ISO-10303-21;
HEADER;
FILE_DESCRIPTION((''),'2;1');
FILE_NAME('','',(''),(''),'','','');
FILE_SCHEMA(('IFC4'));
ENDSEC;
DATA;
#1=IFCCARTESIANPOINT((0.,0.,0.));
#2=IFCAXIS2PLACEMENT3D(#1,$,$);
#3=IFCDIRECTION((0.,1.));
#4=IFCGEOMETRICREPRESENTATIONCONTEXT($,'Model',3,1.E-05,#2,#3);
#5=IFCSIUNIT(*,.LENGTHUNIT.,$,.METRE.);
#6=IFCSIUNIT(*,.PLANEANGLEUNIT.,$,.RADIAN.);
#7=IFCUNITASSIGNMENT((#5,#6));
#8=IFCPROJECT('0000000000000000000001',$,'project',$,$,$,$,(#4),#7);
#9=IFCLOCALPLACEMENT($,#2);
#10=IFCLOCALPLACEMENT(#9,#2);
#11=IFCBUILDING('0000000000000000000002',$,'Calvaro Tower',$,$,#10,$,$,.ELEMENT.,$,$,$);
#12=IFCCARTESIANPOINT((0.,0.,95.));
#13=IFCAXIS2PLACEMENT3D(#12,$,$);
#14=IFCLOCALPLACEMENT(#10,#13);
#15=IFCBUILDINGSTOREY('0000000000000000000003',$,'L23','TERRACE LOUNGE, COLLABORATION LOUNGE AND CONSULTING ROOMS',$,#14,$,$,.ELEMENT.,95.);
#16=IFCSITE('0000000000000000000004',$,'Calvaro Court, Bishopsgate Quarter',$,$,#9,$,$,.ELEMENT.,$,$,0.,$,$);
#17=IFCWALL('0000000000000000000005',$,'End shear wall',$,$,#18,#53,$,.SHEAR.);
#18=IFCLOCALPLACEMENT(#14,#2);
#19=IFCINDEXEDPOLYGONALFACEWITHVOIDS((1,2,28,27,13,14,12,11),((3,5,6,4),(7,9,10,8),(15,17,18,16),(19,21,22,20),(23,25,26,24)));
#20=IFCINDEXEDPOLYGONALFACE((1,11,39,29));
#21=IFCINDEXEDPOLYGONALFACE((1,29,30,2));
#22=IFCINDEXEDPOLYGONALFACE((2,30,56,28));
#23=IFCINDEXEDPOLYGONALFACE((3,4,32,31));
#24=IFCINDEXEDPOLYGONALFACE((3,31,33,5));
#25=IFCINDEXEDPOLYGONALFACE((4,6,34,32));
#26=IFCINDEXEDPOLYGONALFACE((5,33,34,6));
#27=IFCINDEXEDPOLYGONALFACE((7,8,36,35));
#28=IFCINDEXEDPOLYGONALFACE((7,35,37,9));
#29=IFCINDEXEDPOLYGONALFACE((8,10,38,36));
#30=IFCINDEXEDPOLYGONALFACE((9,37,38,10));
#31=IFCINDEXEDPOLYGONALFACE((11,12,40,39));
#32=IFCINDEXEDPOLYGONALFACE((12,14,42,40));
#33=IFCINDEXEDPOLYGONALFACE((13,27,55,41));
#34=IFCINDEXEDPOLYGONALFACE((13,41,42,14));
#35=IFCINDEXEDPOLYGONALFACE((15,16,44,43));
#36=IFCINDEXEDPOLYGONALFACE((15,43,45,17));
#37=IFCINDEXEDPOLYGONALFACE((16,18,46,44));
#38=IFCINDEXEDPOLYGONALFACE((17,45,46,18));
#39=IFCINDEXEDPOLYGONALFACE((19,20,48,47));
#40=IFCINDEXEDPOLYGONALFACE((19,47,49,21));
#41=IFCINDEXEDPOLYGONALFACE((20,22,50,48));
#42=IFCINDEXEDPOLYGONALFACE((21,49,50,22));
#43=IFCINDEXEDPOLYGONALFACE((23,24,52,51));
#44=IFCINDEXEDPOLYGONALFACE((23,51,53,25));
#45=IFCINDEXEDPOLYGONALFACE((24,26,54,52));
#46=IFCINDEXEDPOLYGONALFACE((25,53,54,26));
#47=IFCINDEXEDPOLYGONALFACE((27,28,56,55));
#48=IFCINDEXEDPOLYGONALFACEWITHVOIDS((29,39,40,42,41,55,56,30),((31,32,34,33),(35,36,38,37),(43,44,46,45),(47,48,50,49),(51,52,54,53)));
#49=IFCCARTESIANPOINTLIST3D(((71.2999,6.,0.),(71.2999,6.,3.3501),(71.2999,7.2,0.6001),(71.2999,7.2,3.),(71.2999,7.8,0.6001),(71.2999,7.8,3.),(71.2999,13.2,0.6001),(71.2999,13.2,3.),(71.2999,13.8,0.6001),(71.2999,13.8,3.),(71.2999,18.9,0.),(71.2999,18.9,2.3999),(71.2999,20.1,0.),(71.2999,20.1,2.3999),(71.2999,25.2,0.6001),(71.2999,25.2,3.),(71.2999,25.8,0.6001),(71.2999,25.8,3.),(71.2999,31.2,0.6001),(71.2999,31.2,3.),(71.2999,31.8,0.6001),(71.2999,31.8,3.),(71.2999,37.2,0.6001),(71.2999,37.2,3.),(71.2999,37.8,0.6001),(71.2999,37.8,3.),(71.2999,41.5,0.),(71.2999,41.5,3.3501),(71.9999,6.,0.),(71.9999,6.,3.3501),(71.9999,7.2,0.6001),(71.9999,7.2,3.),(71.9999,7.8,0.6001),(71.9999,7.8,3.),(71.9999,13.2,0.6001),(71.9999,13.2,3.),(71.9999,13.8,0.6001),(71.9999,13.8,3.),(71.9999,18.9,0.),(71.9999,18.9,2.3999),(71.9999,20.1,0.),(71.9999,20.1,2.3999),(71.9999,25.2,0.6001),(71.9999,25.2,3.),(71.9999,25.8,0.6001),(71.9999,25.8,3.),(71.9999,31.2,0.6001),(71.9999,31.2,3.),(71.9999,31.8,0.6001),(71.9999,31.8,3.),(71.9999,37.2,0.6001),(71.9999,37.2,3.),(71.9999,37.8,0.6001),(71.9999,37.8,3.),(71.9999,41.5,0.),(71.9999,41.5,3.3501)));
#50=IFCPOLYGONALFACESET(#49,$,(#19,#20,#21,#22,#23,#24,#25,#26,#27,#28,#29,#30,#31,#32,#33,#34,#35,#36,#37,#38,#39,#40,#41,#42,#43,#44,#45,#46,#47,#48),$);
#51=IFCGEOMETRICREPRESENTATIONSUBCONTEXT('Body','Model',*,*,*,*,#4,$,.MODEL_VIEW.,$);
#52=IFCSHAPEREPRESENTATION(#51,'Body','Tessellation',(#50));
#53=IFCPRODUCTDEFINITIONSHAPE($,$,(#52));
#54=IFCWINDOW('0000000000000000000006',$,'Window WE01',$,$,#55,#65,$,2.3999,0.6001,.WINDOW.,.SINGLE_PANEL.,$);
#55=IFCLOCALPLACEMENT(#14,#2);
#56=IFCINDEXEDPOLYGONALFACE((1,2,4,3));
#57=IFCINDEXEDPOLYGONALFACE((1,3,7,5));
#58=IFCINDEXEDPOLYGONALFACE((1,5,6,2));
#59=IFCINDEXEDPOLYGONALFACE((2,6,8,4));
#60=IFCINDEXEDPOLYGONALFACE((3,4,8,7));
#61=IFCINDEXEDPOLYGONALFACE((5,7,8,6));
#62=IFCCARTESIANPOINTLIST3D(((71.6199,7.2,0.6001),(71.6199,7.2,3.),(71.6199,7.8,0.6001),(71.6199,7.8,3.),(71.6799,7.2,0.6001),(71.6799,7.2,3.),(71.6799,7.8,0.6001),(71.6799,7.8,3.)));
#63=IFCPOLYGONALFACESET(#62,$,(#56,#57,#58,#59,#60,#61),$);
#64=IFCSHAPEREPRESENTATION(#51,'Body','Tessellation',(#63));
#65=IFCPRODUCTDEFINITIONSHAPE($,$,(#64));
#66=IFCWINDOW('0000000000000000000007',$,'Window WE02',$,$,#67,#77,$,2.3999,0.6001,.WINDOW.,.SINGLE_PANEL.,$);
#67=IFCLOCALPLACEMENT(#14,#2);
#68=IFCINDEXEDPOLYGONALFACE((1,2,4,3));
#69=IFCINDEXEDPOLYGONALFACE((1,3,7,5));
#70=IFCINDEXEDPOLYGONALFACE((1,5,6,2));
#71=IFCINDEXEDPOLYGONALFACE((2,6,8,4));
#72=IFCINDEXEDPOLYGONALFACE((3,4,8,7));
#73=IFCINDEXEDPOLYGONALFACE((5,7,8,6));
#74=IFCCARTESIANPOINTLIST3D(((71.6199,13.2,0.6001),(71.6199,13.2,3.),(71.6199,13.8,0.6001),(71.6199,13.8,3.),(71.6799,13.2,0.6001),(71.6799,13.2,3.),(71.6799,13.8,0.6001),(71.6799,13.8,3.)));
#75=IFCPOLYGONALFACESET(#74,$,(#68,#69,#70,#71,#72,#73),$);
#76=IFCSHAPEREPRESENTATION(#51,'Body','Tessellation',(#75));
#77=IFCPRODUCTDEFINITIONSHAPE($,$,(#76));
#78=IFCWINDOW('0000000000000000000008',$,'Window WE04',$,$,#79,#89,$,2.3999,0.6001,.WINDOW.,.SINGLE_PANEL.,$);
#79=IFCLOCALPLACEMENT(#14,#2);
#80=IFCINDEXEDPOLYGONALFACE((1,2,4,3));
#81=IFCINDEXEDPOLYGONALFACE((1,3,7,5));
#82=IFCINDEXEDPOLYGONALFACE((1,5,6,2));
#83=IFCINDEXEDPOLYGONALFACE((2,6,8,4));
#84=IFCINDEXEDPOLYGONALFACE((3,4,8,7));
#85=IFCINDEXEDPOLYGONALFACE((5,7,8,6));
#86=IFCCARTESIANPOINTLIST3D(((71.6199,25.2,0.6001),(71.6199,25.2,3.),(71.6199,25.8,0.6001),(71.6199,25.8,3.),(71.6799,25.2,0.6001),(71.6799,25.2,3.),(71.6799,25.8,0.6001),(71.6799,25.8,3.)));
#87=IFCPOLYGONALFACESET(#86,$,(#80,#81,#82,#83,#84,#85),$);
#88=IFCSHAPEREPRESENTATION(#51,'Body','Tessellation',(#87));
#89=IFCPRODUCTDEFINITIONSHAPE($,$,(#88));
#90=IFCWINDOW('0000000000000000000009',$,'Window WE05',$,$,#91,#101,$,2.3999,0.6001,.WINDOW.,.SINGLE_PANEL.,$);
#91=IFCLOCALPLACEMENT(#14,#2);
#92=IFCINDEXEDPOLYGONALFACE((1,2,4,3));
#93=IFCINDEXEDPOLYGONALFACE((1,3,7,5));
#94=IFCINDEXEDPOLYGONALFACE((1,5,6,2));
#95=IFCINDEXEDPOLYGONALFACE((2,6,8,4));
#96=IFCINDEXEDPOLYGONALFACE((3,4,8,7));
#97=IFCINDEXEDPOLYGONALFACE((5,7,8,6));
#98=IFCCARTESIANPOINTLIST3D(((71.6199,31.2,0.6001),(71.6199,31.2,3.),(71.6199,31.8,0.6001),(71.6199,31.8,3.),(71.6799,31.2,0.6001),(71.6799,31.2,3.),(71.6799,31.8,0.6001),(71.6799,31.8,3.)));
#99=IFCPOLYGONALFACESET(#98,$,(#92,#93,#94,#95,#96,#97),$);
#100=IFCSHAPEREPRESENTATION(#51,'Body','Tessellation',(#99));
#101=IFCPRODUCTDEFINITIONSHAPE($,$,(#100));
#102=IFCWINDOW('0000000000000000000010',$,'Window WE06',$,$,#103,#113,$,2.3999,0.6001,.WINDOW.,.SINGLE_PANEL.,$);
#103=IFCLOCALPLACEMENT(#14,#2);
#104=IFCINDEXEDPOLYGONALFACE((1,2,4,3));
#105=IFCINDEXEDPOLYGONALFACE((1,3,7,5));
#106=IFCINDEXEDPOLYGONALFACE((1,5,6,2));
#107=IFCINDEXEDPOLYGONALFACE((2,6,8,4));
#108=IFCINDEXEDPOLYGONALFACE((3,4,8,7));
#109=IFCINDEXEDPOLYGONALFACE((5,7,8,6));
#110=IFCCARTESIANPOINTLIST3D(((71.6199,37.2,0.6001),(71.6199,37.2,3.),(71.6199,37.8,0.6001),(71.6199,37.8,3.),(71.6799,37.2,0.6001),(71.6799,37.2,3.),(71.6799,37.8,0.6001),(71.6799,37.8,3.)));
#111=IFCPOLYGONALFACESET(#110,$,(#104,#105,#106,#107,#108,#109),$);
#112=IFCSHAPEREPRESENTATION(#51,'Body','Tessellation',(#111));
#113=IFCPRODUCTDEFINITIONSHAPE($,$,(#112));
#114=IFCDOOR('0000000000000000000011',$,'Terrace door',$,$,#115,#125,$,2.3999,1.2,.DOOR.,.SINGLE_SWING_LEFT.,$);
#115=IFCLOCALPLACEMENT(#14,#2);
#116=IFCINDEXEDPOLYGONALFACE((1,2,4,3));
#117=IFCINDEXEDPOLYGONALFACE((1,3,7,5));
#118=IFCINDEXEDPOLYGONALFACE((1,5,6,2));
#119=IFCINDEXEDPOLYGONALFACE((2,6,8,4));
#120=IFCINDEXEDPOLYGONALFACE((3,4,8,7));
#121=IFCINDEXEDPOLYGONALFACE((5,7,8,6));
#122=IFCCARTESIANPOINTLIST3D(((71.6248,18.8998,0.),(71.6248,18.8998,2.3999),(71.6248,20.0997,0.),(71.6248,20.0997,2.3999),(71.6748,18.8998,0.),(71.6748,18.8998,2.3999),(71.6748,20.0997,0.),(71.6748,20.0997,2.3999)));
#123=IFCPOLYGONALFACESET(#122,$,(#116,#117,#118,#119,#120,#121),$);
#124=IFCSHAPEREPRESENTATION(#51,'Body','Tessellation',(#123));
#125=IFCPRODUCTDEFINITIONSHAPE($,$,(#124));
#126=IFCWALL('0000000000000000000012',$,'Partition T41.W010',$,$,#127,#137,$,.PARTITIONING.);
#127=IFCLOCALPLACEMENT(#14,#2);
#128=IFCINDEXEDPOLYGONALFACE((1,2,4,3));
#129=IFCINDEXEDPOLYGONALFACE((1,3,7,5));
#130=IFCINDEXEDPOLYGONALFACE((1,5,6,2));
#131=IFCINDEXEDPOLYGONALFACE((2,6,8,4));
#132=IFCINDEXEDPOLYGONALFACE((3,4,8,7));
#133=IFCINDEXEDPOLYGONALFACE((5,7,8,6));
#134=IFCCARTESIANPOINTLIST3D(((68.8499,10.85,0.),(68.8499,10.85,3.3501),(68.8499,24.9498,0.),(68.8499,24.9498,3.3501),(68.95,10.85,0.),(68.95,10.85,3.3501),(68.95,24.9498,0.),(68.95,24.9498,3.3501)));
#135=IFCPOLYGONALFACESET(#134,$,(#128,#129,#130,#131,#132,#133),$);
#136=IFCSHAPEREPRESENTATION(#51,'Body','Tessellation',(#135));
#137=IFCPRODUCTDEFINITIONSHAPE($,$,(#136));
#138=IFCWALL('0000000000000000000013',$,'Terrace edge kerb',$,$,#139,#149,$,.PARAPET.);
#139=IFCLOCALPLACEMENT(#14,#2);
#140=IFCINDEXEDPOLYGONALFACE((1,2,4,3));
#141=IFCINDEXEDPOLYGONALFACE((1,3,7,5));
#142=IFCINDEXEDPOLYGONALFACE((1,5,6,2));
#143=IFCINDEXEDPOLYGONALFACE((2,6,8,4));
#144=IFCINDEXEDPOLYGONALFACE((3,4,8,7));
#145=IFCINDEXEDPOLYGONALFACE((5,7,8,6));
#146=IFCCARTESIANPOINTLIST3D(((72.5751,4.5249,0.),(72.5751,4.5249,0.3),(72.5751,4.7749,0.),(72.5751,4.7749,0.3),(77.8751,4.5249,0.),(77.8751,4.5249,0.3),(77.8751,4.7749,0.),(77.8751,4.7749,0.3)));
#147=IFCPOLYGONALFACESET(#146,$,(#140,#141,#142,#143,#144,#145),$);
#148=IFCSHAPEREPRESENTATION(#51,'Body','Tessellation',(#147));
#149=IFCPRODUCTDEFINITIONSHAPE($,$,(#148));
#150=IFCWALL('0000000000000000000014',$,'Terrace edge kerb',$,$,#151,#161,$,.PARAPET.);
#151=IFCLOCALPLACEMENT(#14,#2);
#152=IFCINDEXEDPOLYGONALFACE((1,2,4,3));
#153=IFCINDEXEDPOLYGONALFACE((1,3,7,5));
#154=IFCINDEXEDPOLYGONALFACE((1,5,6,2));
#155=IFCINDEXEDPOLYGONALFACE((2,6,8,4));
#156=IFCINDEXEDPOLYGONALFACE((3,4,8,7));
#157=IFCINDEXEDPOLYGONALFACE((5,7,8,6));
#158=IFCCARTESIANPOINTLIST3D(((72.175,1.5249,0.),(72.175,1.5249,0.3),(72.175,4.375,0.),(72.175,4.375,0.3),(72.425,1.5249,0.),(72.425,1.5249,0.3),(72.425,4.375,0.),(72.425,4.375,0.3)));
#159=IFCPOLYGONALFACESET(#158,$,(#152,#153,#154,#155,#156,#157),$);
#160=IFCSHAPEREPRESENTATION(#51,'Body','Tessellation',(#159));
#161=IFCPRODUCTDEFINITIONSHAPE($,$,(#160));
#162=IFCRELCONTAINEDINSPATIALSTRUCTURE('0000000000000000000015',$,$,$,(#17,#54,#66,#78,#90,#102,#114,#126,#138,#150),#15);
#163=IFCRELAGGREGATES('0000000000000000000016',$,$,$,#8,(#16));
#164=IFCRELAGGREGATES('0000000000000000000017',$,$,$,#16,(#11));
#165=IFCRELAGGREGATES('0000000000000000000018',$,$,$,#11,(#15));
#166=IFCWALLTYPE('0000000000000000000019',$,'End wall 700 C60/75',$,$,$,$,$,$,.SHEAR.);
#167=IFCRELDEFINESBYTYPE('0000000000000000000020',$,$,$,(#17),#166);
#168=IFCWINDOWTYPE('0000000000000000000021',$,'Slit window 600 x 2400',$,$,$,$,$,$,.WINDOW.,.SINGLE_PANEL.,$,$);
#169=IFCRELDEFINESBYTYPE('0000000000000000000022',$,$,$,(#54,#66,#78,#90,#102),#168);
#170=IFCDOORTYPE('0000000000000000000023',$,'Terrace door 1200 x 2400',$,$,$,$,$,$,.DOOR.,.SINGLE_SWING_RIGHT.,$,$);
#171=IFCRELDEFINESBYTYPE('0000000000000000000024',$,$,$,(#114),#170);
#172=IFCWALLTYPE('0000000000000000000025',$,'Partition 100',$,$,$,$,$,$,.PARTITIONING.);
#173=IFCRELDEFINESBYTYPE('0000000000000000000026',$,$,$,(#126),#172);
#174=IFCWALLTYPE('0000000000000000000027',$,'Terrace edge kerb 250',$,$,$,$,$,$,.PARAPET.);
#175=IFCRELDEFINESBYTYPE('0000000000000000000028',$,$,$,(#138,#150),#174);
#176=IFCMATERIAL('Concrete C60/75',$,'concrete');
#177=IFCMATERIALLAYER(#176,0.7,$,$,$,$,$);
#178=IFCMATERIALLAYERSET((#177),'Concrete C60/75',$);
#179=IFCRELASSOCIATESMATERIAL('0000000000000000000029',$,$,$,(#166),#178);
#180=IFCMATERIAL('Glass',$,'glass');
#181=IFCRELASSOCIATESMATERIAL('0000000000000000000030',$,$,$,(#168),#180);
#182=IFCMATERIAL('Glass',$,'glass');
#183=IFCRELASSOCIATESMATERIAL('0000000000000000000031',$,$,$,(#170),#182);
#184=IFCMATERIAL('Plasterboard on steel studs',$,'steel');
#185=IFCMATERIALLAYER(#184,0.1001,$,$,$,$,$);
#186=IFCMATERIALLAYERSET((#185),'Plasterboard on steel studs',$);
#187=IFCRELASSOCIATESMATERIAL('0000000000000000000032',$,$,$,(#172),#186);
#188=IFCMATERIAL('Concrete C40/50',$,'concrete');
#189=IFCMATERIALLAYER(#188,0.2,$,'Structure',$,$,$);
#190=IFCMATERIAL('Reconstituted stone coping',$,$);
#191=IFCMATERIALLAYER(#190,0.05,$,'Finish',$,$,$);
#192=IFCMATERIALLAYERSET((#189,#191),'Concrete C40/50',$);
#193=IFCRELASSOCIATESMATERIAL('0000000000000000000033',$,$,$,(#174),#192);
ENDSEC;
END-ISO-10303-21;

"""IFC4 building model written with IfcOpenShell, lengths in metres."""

from ifc_helpers import new_model, si_unit, direction, frame, frame_2d, origin, place, context, subcontext, project, spatial, rectangle, extrude, material, layer, layer_set, type_object, element, fill, save


model = new_model("IFC4")

# Units and contexts
model_context = context("Model", 3, precision=1e-05, world=origin(), true_north=direction((0.0, 1.0)))
body_context = subcontext(model_context, "Body", "Model", "MODEL_VIEW")
ifc_project = project(units=[si_unit("LENGTHUNIT", "METRE"), si_unit("PLANEANGLEUNIT", "RADIAN")], contexts=[model_context])

# Site, building, storey
site_placement = place(None, origin())
site = spatial("IfcSite", under=ifc_project, at=site_placement, Name="Calvaro Court, Bishopsgate Quarter", CompositionType="ELEMENT", RefElevation=0.0)
building_placement = place(site_placement, origin())
building = spatial("IfcBuilding", under=site, at=building_placement, Name="Calvaro Tower", CompositionType="ELEMENT")
storey_placement = place(building_placement, frame((0.0, 0.0, 95.0)))
storey = spatial("IfcBuildingStorey", under=building, at=storey_placement, Name="L23", Description="TERRACE LOUNGE, COLLABORATION LOUNGE AND CONSULTING ROOMS", CompositionType="ELEMENT", Elevation=95.0)

# Wall, openings, windows, door
ifc_material_1 = material(Name="Concrete C60/75", Category="concrete")
ifc_layer_1 = layer(ifc_material_1, 0.7)
ifc_layer_set_1 = layer_set([ifc_layer_1], Name="Concrete C60/75")
wall_type_1 = type_object("IfcWallType", Name="End wall 700 C60/75", PredefinedType="SHEAR", material=ifc_layer_set_1)
wall_1_placement = place(storey_placement, frame((71.6499, 6.0, 0.0), z_axis=(0.0, 0.0, 1.0), x_axis=(0.0, 1.0, 0.0)))
wall_1 = element("IfcWall", 1, at=wall_1_placement, inside=storey, type_object=wall_type_1, Name="End shear wall", PredefinedType="SHEAR", context=body_context, shape_type="SweptSolid", body=[
    extrude(rectangle(XDim=35.5, YDim=0.7, at=frame_2d((17.75, 0.0))), origin(), (0.0, 0.0, 1.0), 3.3501),
])
opening_1_placement = place(wall_1_placement, frame((1.2, 0.0, 0.6001)))
opening_1 = element("IfcOpeningElement", 2, at=opening_1_placement, cuts=wall_1, PredefinedType="OPENING", context=body_context, shape_type="SweptSolid", body=[
    extrude(rectangle(XDim=0.6001, YDim=2.3999, at=frame_2d((0.3, 1.2))), frame((0.0, 0.3599, 0.0), z_axis=(0.0, -1.0, 0.0), x_axis=(1.0, 0.0, 0.0)), (0.0, 0.0, 1.0), 0.72),
])
opening_2_placement = place(wall_1_placement, frame((7.2, 0.0, 0.6001)))
opening_2 = element("IfcOpeningElement", 3, at=opening_2_placement, cuts=wall_1, PredefinedType="OPENING", context=body_context, shape_type="SweptSolid", body=[
    extrude(rectangle(XDim=0.6001, YDim=2.3999, at=frame_2d((0.3, 1.2))), frame((0.0, 0.3599, 0.0), z_axis=(0.0, -1.0, 0.0), x_axis=(1.0, 0.0, 0.0)), (0.0, 0.0, 1.0), 0.72),
])
opening_3_placement = place(wall_1_placement, frame((19.2, 0.0, 0.6001)))
opening_3 = element("IfcOpeningElement", 4, at=opening_3_placement, cuts=wall_1, PredefinedType="OPENING", context=body_context, shape_type="SweptSolid", body=[
    extrude(rectangle(XDim=0.6001, YDim=2.3999, at=frame_2d((0.3, 1.2))), frame((0.0, 0.3599, 0.0), z_axis=(0.0, -1.0, 0.0), x_axis=(1.0, 0.0, 0.0)), (0.0, 0.0, 1.0), 0.72),
])
opening_4_placement = place(wall_1_placement, frame((25.2, 0.0, 0.6001)))
opening_4 = element("IfcOpeningElement", 5, at=opening_4_placement, cuts=wall_1, PredefinedType="OPENING", context=body_context, shape_type="SweptSolid", body=[
    extrude(rectangle(XDim=0.6001, YDim=2.3999, at=frame_2d((0.3, 1.2))), frame((0.0, 0.3599, 0.0), z_axis=(0.0, -1.0, 0.0), x_axis=(1.0, 0.0, 0.0)), (0.0, 0.0, 1.0), 0.72),
])
opening_5_placement = place(wall_1_placement, frame((31.2, 0.0, 0.6001)))
opening_5 = element("IfcOpeningElement", 6, at=opening_5_placement, cuts=wall_1, PredefinedType="OPENING", context=body_context, shape_type="SweptSolid", body=[
    extrude(rectangle(XDim=0.6001, YDim=2.3999, at=frame_2d((0.3, 1.2))), frame((0.0, 0.3599, 0.0), z_axis=(0.0, -1.0, 0.0), x_axis=(1.0, 0.0, 0.0)), (0.0, 0.0, 1.0), 0.72),
])
opening_6_placement = place(wall_1_placement, frame((12.8999, 0.0, 0.0)))
opening_6 = element("IfcOpeningElement", 7, at=opening_6_placement, cuts=wall_1, PredefinedType="OPENING", context=body_context, shape_type="SweptSolid", body=[
    extrude(rectangle(XDim=1.2, YDim=2.3999, at=frame_2d((0.6001, 1.2))), frame((0.0, 0.3599, 0.0), z_axis=(0.0, -1.0, 0.0), x_axis=(1.0, 0.0, 0.0)), (0.0, 0.0, 1.0), 0.72),
])
ifc_material_2 = material(Name="Glass", Category="glass")
window_type = type_object("IfcWindowType", Name="Slit window 600 x 2400", PartitioningType="SINGLE_PANEL", PredefinedType="WINDOW", material=ifc_material_2)
window_1_placement = place(opening_1_placement, origin())
window_1 = element("IfcWindow", 8, at=window_1_placement, inside=storey, type_object=window_type, Name="Window WE01", OverallHeight=2.3999, OverallWidth=0.6001, PartitioningType="SINGLE_PANEL", PredefinedType="WINDOW", context=body_context, shape_type="SweptSolid", body=[
    extrude(rectangle(XDim=0.6001, YDim=2.3999, at=frame_2d((0.3, 1.2))), frame((0.0, 0.03, 0.0), z_axis=(0.0, -1.0, 0.0), x_axis=(1.0, 0.0, 0.0)), (0.0, 0.0, 1.0), 0.0601),
])
fill(opening_1, window_1)
window_2_placement = place(opening_2_placement, origin())
window_2 = element("IfcWindow", 9, at=window_2_placement, inside=storey, type_object=window_type, Name="Window WE02", OverallHeight=2.3999, OverallWidth=0.6001, PartitioningType="SINGLE_PANEL", PredefinedType="WINDOW", context=body_context, shape_type="SweptSolid", body=[
    extrude(rectangle(XDim=0.6001, YDim=2.3999, at=frame_2d((0.3, 1.2))), frame((0.0, 0.03, 0.0), z_axis=(0.0, -1.0, 0.0), x_axis=(1.0, 0.0, 0.0)), (0.0, 0.0, 1.0), 0.0601),
])
fill(opening_2, window_2)
window_3_placement = place(opening_3_placement, origin())
window_3 = element("IfcWindow", 10, at=window_3_placement, inside=storey, type_object=window_type, Name="Window WE04", OverallHeight=2.3999, OverallWidth=0.6001, PartitioningType="SINGLE_PANEL", PredefinedType="WINDOW", context=body_context, shape_type="SweptSolid", body=[
    extrude(rectangle(XDim=0.6001, YDim=2.3999, at=frame_2d((0.3, 1.2))), frame((0.0, 0.03, 0.0), z_axis=(0.0, -1.0, 0.0), x_axis=(1.0, 0.0, 0.0)), (0.0, 0.0, 1.0), 0.0601),
])
fill(opening_3, window_3)
window_4_placement = place(opening_4_placement, origin())
window_4 = element("IfcWindow", 11, at=window_4_placement, inside=storey, type_object=window_type, Name="Window WE05", OverallHeight=2.3999, OverallWidth=0.6001, PartitioningType="SINGLE_PANEL", PredefinedType="WINDOW", context=body_context, shape_type="SweptSolid", body=[
    extrude(rectangle(XDim=0.6001, YDim=2.3999, at=frame_2d((0.3, 1.2))), frame((0.0, 0.03, 0.0), z_axis=(0.0, -1.0, 0.0), x_axis=(1.0, 0.0, 0.0)), (0.0, 0.0, 1.0), 0.0601),
])
fill(opening_4, window_4)
window_5_placement = place(opening_5_placement, origin())
window_5 = element("IfcWindow", 12, at=window_5_placement, inside=storey, type_object=window_type, Name="Window WE06", OverallHeight=2.3999, OverallWidth=0.6001, PartitioningType="SINGLE_PANEL", PredefinedType="WINDOW", context=body_context, shape_type="SweptSolid", body=[
    extrude(rectangle(XDim=0.6001, YDim=2.3999, at=frame_2d((0.3, 1.2))), frame((0.0, 0.03, 0.0), z_axis=(0.0, -1.0, 0.0), x_axis=(1.0, 0.0, 0.0)), (0.0, 0.0, 1.0), 0.0601),
])
fill(opening_5, window_5)
ifc_material_3 = material(Name="Glass", Category="glass")
door_type = type_object("IfcDoorType", Name="Terrace door 1200 x 2400", OperationType="SINGLE_SWING_RIGHT", PredefinedType="DOOR", material=ifc_material_3)
door_placement = place(opening_6_placement, frame((1.2, 0.0, 0.0), z_axis=(0.0, 0.0, 1.0), x_axis=(-1.0, 0.0, 0.0)))
door = element("IfcDoor", 13, at=door_placement, inside=storey, type_object=door_type, Name="Terrace door", OperationType="SINGLE_SWING_LEFT", OverallHeight=2.3999, OverallWidth=1.2, PredefinedType="DOOR", context=body_context, shape_type="SweptSolid", body=[
    extrude(rectangle(XDim=1.2, YDim=2.3999, at=frame_2d((0.6001, 1.2))), frame((0.0, 0.0249, 0.0), z_axis=(0.0, -1.0, 0.0), x_axis=(1.0, 0.0, 0.0)), (0.0, 0.0, 1.0), 0.05),
])
fill(opening_6, door)

# Walls
ifc_material_4 = material(Name="Plasterboard on steel studs", Category="steel")
ifc_layer_2 = layer(ifc_material_4, 0.1001)
ifc_layer_set_2 = layer_set([ifc_layer_2], Name="Plasterboard on steel studs")
wall_type_2 = type_object("IfcWallType", Name="Partition 100", PredefinedType="PARTITIONING", material=ifc_layer_set_2)
wall_2_placement = place(storey_placement, frame((68.8999, 10.8501, 0.0), z_axis=(0.0, 0.0, 1.0), x_axis=(0.0, 1.0, 0.0)))
element("IfcWall", 14, at=wall_2_placement, inside=storey, type_object=wall_type_2, Name="Partition T41.W010", PredefinedType="PARTITIONING", context=body_context, shape_type="SweptSolid", body=[
    extrude(rectangle(XDim=14.0999, YDim=0.1001, at=frame_2d((7.0498, 0.0))), origin(), (0.0, 0.0, 1.0), 3.3501),
])
ifc_material_5 = material(Name="Concrete C40/50", Category="concrete")
ifc_layer_3 = layer(ifc_material_5, 0.2, Name="Structure")
ifc_material_6 = material(Name="Reconstituted stone coping")
ifc_layer_4 = layer(ifc_material_6, 0.05, Name="Finish")
ifc_layer_set_3 = layer_set([ifc_layer_3, ifc_layer_4], Name="Concrete C40/50")
wall_type_3 = type_object("IfcWallType", Name="Terrace edge kerb 250", PredefinedType="PARAPET", material=ifc_layer_set_3)
wall_3_placement = place(storey_placement, frame((77.875, 4.6499, 0.0), z_axis=(0.0, 0.0, 1.0), x_axis=(-1.0, 0.0, 0.0)))
element("IfcWall", 15, at=wall_3_placement, inside=storey, type_object=wall_type_3, Name="Terrace edge kerb", PredefinedType="PARAPET", context=body_context, shape_type="SweptSolid", body=[
    extrude(rectangle(XDim=5.3, YDim=0.25, at=frame_2d((2.6499, 0.0))), origin(), (0.0, 0.0, 1.0), 0.3),
])
wall_4_placement = place(storey_placement, frame((72.3, 4.375, 0.0), z_axis=(0.0, 0.0, 1.0), x_axis=(0.0, -1.0, 0.0)))
element("IfcWall", 16, at=wall_4_placement, inside=storey, type_object=wall_type_3, Name="Terrace edge kerb", PredefinedType="PARAPET", context=body_context, shape_type="SweptSolid", body=[
    extrude(rectangle(XDim=2.8501, YDim=0.25, at=frame_2d((1.425, 0.0))), origin(), (0.0, 0.0, 1.0), 0.3),
])

save(model, "model.ifc")
